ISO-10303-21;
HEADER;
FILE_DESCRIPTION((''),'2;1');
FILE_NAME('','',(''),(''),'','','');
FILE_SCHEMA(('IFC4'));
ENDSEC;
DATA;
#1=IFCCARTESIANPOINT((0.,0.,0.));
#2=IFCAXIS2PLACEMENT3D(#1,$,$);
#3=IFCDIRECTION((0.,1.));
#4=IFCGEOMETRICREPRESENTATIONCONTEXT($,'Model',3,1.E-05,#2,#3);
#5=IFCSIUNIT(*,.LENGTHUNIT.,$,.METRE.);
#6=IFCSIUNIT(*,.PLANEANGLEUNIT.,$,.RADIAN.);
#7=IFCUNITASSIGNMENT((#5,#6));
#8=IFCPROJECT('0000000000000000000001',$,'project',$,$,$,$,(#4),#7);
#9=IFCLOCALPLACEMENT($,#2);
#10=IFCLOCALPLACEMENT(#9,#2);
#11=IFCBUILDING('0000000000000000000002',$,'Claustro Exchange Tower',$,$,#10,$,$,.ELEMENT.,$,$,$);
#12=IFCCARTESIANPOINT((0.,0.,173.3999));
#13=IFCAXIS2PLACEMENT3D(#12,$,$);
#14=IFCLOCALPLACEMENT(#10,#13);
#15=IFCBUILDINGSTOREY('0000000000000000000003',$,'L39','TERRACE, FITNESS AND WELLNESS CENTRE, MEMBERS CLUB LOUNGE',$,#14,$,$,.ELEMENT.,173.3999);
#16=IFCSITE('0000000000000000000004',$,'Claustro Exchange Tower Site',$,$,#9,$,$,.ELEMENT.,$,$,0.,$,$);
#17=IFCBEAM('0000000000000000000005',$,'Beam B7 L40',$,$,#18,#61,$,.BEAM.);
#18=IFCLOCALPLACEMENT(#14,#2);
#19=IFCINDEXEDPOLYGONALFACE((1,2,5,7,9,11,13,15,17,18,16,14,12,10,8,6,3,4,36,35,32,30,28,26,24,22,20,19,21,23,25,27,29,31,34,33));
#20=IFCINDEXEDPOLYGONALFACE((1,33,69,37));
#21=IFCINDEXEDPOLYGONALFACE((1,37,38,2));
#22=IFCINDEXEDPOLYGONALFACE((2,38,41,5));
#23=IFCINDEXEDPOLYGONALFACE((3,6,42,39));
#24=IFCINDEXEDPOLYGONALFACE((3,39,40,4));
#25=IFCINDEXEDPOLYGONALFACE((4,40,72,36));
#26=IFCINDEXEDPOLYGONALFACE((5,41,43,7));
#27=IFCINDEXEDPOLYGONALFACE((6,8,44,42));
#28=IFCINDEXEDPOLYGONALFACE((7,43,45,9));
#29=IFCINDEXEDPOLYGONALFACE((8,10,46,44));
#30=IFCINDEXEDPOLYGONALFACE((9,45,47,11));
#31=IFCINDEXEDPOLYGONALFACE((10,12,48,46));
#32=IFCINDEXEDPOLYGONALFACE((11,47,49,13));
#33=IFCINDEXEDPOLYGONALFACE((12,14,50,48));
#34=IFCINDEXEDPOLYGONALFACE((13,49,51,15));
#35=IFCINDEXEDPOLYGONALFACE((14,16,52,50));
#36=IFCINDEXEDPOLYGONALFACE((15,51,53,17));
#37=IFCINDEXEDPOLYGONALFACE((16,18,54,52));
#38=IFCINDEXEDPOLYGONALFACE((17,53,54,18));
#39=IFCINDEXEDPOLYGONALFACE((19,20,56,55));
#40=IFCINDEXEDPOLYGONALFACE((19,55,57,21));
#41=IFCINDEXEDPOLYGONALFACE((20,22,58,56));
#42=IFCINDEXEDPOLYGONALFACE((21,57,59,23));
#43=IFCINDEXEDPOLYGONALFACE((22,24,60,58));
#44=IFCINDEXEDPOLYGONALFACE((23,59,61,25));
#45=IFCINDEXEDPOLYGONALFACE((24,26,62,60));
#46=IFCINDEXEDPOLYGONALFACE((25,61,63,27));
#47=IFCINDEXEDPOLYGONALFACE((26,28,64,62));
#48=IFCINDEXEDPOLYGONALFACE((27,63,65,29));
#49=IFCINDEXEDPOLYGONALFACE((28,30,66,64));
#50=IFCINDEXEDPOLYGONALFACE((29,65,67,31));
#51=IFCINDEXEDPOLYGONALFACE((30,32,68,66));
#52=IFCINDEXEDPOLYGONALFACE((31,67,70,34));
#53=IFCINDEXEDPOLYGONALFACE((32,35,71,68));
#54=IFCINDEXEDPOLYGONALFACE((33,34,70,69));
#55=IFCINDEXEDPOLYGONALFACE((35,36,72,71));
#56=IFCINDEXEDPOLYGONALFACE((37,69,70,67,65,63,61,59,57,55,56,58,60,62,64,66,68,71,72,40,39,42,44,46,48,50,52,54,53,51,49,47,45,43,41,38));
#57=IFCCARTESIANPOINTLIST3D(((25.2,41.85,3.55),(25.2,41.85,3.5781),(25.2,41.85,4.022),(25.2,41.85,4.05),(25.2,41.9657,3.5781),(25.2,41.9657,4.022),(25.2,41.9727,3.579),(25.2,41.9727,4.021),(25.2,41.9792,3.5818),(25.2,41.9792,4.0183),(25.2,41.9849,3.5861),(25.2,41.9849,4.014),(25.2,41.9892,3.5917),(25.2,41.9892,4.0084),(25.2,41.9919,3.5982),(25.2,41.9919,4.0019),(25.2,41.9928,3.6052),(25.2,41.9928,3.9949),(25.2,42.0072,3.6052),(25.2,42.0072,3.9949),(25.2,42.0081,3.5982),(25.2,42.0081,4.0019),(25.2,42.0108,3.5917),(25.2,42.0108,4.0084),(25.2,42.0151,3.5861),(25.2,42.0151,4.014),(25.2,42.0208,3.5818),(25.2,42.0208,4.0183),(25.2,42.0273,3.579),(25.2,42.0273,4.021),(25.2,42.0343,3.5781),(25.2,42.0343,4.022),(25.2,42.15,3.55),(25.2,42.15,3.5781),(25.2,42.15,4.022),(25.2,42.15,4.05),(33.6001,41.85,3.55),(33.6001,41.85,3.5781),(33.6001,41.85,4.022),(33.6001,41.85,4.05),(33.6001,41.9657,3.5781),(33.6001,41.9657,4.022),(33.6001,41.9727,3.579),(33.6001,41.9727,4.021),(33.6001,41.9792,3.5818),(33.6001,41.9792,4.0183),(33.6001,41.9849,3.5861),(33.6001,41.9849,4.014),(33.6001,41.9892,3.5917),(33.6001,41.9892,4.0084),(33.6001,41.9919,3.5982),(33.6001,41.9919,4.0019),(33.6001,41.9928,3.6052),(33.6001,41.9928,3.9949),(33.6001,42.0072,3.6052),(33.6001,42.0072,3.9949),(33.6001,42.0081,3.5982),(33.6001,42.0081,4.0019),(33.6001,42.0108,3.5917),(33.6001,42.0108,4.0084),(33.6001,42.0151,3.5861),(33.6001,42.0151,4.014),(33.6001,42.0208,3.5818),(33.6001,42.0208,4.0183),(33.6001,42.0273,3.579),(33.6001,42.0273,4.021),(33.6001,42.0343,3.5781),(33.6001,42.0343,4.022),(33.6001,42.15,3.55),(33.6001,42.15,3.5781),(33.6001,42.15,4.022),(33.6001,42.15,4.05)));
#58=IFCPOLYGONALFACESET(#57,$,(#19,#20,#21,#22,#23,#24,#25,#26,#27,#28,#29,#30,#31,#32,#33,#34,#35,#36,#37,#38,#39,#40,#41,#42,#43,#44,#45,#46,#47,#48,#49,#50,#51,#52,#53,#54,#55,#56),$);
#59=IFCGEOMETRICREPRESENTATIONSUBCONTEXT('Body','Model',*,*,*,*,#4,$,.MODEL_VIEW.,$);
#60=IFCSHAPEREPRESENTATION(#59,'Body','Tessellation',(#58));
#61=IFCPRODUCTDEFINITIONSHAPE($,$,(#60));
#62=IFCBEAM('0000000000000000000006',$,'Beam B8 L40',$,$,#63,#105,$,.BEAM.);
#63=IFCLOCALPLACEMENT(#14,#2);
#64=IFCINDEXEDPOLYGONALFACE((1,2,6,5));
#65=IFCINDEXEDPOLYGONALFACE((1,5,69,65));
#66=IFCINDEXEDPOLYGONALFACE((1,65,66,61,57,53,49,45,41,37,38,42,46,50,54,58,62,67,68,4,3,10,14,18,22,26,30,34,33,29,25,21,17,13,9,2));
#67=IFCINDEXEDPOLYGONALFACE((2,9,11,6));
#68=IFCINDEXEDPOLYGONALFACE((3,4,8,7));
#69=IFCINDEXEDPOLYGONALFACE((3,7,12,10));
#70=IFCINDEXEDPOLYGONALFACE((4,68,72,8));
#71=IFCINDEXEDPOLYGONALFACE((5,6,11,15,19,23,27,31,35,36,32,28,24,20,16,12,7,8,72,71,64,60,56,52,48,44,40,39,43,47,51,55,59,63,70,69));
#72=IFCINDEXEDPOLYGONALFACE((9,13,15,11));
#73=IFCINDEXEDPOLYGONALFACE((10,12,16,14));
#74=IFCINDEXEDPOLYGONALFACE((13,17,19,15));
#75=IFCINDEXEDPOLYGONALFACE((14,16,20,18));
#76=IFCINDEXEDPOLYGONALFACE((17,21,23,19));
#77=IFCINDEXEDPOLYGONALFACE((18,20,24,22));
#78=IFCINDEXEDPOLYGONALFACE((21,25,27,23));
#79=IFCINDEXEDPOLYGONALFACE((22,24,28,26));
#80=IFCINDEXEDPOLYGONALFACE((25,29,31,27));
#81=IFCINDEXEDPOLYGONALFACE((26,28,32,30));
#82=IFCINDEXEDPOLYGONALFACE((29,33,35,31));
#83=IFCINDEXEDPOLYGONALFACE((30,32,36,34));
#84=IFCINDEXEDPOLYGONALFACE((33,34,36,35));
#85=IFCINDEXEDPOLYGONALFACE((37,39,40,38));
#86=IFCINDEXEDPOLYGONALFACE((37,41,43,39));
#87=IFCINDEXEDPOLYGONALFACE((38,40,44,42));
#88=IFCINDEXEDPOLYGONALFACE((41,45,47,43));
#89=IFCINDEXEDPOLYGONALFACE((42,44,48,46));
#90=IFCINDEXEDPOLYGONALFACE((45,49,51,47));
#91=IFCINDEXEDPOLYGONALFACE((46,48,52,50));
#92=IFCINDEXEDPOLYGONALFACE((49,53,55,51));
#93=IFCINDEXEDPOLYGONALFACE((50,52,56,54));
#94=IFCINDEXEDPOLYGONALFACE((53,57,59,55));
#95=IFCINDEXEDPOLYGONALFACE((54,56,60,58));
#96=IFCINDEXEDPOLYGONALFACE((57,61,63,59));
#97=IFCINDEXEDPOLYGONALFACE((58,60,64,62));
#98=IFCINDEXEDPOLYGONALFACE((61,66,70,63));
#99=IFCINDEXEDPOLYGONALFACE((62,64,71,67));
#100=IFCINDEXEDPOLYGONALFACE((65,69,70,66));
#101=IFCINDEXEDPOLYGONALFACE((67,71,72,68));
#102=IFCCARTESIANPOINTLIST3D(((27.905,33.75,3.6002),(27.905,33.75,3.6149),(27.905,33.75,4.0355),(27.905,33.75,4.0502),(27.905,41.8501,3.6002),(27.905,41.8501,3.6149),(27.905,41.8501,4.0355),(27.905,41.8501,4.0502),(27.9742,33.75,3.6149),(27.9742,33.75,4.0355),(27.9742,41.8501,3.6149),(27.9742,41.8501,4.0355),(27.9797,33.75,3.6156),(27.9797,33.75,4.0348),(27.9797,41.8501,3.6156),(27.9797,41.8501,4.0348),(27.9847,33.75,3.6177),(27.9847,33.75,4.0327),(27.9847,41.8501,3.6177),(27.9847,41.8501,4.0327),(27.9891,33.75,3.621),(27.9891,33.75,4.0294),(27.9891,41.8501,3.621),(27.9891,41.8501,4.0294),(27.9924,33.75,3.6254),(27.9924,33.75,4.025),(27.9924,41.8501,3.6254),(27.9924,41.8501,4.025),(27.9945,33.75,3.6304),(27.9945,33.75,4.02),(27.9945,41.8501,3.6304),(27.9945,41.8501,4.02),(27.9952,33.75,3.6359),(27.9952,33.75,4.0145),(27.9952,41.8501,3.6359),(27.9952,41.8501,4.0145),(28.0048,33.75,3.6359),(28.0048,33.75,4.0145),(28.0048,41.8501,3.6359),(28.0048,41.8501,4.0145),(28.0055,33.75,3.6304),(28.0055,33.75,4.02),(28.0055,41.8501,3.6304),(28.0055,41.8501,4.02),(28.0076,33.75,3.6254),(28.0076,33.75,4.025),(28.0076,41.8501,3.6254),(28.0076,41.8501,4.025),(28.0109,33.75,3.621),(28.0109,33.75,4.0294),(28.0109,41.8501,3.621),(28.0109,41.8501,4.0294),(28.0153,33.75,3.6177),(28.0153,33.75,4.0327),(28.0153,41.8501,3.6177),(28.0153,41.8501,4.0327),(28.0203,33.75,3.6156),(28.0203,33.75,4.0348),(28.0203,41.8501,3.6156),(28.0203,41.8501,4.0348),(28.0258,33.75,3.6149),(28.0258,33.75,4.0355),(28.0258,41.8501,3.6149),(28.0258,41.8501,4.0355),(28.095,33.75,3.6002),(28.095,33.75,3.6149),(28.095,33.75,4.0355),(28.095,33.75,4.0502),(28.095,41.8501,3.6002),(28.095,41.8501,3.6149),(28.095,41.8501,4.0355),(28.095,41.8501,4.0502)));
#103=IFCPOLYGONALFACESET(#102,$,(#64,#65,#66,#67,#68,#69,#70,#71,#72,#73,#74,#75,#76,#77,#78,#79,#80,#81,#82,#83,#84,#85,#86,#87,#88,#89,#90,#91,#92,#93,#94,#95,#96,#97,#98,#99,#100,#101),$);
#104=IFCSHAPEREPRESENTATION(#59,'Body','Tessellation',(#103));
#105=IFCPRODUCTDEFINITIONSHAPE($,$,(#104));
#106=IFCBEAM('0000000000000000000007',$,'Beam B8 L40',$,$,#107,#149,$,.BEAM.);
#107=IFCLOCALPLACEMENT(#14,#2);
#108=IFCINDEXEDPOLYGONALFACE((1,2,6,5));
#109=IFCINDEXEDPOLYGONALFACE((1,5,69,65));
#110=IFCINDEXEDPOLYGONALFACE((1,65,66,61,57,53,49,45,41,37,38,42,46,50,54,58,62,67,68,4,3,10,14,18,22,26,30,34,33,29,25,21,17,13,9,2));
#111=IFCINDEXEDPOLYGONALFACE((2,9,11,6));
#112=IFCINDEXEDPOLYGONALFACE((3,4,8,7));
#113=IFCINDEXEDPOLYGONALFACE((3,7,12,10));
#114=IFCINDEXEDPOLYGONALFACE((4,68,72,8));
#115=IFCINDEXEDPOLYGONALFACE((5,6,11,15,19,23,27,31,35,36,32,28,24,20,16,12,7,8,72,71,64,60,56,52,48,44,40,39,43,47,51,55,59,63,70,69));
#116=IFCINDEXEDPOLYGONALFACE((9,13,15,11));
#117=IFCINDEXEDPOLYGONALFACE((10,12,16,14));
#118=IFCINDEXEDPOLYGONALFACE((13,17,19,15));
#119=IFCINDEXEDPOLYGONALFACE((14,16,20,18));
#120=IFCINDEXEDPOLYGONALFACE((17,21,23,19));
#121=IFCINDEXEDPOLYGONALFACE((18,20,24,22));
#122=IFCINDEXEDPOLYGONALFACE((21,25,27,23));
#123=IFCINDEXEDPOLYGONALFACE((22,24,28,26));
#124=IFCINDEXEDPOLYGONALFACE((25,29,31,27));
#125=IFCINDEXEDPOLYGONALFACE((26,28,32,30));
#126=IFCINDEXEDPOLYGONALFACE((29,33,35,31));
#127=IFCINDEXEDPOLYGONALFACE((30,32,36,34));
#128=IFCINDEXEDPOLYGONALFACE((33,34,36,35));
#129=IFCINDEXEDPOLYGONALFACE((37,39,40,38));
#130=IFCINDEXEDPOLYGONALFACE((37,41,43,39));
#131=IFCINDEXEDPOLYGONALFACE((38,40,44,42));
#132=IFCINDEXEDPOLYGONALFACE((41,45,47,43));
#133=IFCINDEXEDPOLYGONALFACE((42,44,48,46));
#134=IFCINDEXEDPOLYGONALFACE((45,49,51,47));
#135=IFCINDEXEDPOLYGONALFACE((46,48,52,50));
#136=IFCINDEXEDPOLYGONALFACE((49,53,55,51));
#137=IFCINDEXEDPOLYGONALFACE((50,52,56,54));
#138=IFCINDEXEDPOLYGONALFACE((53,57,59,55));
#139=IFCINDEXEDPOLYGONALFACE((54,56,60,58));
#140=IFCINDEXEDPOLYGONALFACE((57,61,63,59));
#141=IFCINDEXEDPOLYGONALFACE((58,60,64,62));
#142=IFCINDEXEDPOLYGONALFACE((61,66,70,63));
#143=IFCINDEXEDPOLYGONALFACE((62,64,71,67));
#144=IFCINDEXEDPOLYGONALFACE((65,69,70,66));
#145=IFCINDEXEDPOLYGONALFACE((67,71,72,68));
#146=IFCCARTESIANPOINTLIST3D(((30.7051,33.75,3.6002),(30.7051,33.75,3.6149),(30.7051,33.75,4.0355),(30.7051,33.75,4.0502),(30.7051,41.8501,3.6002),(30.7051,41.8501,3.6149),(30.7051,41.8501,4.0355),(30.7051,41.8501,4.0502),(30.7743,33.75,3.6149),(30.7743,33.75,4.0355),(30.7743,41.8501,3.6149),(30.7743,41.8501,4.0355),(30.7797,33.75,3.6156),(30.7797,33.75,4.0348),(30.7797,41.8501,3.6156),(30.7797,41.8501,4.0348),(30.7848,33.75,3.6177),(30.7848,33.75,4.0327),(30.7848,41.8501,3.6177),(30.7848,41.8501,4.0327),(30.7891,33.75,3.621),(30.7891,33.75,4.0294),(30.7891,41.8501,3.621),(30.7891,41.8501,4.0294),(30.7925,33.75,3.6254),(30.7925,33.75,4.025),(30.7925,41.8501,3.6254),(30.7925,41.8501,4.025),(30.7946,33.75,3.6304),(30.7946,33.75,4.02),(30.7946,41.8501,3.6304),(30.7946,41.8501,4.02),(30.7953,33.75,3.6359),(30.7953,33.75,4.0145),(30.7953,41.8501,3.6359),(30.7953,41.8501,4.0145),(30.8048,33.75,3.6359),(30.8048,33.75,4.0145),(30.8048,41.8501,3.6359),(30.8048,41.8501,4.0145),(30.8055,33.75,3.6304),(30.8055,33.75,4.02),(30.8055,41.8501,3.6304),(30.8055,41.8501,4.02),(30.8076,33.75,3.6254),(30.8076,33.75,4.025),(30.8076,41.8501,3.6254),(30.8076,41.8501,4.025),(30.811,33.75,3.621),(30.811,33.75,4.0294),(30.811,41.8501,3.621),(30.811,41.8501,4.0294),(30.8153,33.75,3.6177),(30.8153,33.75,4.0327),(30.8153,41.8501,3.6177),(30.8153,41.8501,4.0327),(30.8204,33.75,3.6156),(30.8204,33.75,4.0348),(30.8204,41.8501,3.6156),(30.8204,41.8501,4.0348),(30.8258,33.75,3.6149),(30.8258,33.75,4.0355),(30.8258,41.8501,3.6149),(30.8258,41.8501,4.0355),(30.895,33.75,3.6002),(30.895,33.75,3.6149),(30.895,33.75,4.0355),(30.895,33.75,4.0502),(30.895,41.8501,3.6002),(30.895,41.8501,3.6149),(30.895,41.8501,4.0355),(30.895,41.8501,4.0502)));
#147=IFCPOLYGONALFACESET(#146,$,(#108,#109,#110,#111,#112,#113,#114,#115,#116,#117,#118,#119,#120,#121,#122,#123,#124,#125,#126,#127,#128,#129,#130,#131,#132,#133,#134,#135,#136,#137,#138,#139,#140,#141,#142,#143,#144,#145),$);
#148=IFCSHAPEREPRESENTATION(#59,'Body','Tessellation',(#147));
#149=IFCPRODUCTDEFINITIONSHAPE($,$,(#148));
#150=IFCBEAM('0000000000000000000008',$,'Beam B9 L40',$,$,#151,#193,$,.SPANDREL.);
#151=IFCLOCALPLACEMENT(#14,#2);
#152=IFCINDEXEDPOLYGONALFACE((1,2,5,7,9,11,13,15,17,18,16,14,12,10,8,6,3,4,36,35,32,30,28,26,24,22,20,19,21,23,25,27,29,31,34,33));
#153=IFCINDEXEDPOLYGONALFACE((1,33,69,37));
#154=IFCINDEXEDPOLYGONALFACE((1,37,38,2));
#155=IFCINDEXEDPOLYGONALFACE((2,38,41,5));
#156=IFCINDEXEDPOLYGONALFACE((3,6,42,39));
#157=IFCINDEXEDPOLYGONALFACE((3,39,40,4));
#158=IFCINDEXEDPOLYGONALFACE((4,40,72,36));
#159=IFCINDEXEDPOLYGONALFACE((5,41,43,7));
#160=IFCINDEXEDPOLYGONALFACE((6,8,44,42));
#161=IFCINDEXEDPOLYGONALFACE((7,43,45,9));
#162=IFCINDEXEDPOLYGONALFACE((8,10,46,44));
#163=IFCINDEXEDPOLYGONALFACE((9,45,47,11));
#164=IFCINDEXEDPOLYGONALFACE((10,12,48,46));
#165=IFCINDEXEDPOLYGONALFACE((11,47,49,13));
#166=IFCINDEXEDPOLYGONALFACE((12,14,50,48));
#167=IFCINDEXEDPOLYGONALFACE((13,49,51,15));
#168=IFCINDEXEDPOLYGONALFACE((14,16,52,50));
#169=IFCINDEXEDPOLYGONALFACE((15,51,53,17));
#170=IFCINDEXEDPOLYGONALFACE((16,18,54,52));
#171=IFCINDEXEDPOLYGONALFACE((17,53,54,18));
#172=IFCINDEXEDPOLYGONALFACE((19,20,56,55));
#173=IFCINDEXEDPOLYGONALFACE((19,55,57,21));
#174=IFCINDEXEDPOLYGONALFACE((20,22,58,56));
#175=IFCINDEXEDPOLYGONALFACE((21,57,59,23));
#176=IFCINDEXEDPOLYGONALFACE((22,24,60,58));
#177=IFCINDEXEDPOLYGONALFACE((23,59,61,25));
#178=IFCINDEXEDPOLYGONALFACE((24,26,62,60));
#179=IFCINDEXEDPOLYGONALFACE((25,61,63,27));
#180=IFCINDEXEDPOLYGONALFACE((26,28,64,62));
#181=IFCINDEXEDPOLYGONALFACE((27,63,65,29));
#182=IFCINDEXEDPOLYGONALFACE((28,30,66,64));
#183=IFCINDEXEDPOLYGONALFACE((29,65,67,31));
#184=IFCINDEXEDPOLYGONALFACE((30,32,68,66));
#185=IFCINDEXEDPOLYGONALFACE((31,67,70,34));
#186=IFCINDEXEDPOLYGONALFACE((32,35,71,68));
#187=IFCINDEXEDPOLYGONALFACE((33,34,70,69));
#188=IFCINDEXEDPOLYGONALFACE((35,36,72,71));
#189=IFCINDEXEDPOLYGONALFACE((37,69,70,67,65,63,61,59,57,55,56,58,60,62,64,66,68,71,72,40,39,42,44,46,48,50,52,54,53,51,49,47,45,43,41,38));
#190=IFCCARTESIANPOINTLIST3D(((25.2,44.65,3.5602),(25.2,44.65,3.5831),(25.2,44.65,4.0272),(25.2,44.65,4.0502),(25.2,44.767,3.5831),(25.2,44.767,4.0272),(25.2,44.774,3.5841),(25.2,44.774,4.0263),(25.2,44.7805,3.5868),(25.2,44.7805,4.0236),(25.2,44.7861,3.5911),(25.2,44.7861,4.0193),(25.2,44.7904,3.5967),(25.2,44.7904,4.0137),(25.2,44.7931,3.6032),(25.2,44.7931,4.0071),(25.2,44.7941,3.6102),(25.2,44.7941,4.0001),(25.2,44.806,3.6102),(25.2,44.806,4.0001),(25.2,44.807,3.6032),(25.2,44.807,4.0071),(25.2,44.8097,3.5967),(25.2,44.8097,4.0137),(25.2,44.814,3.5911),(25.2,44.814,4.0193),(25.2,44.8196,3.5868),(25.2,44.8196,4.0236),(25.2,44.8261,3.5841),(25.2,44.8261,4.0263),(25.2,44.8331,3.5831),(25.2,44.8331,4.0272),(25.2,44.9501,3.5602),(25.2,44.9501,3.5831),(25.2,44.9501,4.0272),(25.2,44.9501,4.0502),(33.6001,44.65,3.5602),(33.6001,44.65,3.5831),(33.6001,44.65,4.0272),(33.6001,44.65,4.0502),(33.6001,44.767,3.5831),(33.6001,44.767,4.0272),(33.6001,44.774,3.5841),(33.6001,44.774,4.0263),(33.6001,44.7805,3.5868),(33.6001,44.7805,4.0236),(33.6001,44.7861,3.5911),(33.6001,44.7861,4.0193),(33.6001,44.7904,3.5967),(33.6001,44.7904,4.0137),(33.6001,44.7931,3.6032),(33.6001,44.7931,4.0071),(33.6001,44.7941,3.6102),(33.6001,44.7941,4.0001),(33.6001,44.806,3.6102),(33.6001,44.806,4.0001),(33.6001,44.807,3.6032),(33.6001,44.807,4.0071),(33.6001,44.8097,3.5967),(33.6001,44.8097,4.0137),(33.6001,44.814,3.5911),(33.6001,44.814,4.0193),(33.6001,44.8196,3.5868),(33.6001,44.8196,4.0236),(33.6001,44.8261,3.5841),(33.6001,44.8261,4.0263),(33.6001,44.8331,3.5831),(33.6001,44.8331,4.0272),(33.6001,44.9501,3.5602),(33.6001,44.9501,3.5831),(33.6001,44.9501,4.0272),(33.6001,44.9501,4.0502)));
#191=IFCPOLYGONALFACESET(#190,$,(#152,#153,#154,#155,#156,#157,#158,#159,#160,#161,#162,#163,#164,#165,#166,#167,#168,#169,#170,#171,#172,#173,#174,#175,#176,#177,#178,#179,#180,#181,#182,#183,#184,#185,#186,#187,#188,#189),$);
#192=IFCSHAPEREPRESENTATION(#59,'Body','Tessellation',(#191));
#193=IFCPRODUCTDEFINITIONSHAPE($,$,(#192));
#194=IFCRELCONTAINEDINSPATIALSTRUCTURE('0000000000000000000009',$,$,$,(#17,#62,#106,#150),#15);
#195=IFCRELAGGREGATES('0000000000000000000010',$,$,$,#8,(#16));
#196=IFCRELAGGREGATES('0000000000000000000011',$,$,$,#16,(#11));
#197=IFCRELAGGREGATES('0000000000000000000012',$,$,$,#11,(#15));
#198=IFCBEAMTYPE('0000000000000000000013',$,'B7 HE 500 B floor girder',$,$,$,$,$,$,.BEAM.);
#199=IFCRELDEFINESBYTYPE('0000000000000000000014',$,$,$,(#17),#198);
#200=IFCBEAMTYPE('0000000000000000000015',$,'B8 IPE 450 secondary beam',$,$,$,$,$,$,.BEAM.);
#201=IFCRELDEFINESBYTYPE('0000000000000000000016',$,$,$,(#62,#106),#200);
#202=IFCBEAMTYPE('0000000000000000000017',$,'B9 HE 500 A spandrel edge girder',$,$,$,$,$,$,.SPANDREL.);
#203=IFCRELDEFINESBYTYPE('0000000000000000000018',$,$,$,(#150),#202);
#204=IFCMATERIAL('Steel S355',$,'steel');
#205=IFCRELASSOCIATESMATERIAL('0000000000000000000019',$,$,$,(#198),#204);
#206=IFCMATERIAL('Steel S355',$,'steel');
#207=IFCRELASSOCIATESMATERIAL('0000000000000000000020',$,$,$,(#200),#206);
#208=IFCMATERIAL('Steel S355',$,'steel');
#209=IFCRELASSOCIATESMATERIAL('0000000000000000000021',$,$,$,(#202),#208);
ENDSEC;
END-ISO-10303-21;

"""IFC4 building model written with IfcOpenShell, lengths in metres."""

from ifc_helpers import new_model, si_unit, direction, frame, origin, origin_2d, place, context, subcontext, project, spatial, i_section, extrude, material, material_profile, profile_set, type_object, element, save


model = new_model("IFC4")

# Units and contexts
model_context = context("Model", 3, precision=1e-05, world=origin(), true_north=direction((0.0, 1.0)))
body_context = subcontext(model_context, "Body", "Model", "MODEL_VIEW")
ifc_project = project(units=[si_unit("LENGTHUNIT", "METRE"), si_unit("PLANEANGLEUNIT", "RADIAN")], contexts=[model_context])

# Site, building, storey
site_placement = place(None, origin())
site = spatial("IfcSite", under=ifc_project, at=site_placement, Name="Claustro Exchange Tower Site", CompositionType="ELEMENT", RefElevation=0.0)
building_placement = place(site_placement, origin())
building = spatial("IfcBuilding", under=site, at=building_placement, Name="Claustro Exchange Tower", CompositionType="ELEMENT")
storey_placement = place(building_placement, frame((0.0, 0.0, 173.3999)))
storey = spatial("IfcBuildingStorey", under=building, at=storey_placement, Name="L39", Description="TERRACE, FITNESS AND WELLNESS CENTRE, MEMBERS CLUB LOUNGE", CompositionType="ELEMENT", Elevation=173.3999)

# Beams
ifc_material_1 = material(Name="Steel S355", Category="steel")
ifc_material_profile_1 = material_profile(ifc_material_1, i_section(OverallWidth=0.3, OverallDepth=0.5, WebThickness=0.0144, FlangeThickness=0.0281, FilletRadius=0.0271, at=origin_2d()), Name="HE 500 B")
ifc_profile_set_1 = profile_set([ifc_material_profile_1], Name="Steel S355")
beam_type_1 = type_object("IfcBeamType", Name="B7 HE 500 B floor girder", PredefinedType="BEAM", material=ifc_profile_set_1)
beam_1_placement = place(storey_placement, frame((25.2, 42.0, 3.8), z_axis=(1.0, 0.0, 0.0), x_axis=(0.0, 1.0, 0.0)))
element("IfcBeam", 1, at=beam_1_placement, inside=storey, type_object=beam_type_1, Name="Beam B7 L40", PredefinedType="BEAM", context=body_context, shape_type="SweptSolid", body=[
    extrude(i_section(OverallWidth=0.3, OverallDepth=0.5, WebThickness=0.0144, FlangeThickness=0.0281, FilletRadius=0.0271, at=origin_2d()), origin(), (0.0, 0.0, 1.0), 8.4001),
])
ifc_material_2 = material(Name="Steel S355", Category="steel")
ifc_material_profile_2 = material_profile(ifc_material_2, i_section(OverallWidth=0.1899, OverallDepth=0.45, WebThickness=0.0095, FlangeThickness=0.0146, FilletRadius=0.021, at=origin_2d()), Name="IPE 450")
ifc_profile_set_2 = profile_set([ifc_material_profile_2], Name="Steel S355")
beam_type_2 = type_object("IfcBeamType", Name="B8 IPE 450 secondary beam", PredefinedType="BEAM", material=ifc_profile_set_2)
for number, where, z_axis, x_axis, name in (
    (2, (28.0, 33.75, 3.8252), (0.0, 1.0, 0.0), (-1.0, 0.0, 0.0), "Beam B8 L40"),
    (3, (30.8, 33.75, 3.8252), (0.0, 1.0, 0.0), (-1.0, 0.0, 0.0), "Beam B8 L40"),
):
    element("IfcBeam", number, at=place(storey_placement, frame(where, z_axis=z_axis, x_axis=x_axis)), inside=storey, type_object=beam_type_2, Name=name, PredefinedType="BEAM", context=body_context, shape_type="SweptSolid", body=[
        extrude(i_section(OverallWidth=0.1899, OverallDepth=0.45, WebThickness=0.0095, FlangeThickness=0.0146, FilletRadius=0.021, at=origin_2d()), origin(), (0.0, 0.0, 1.0), 8.1001),
    ])
ifc_material_3 = material(Name="Steel S355", Category="steel")
ifc_material_profile_3 = material_profile(ifc_material_3, i_section(OverallWidth=0.3, OverallDepth=0.49, WebThickness=0.012, FlangeThickness=0.0229, FilletRadius=0.0271, at=origin_2d()), Name="HE 500 A")
ifc_profile_set_3 = profile_set([ifc_material_profile_3], Name="Steel S355")
beam_type_3 = type_object("IfcBeamType", Name="B9 HE 500 A spandrel edge girder", PredefinedType="SPANDREL", material=ifc_profile_set_3)
beam_2_placement = place(storey_placement, frame((25.2, 44.8, 3.8052), z_axis=(1.0, 0.0, 0.0), x_axis=(0.0, 1.0, 0.0)))
element("IfcBeam", 4, at=beam_2_placement, inside=storey, type_object=beam_type_3, Name="Beam B9 L40", PredefinedType="SPANDREL", context=body_context, shape_type="SweptSolid", body=[
    extrude(i_section(OverallWidth=0.3, OverallDepth=0.49, WebThickness=0.012, FlangeThickness=0.0229, FilletRadius=0.0271, at=origin_2d()), origin(), (0.0, 0.0, 1.0), 8.4001),
])

save(model, "model.ifc")
